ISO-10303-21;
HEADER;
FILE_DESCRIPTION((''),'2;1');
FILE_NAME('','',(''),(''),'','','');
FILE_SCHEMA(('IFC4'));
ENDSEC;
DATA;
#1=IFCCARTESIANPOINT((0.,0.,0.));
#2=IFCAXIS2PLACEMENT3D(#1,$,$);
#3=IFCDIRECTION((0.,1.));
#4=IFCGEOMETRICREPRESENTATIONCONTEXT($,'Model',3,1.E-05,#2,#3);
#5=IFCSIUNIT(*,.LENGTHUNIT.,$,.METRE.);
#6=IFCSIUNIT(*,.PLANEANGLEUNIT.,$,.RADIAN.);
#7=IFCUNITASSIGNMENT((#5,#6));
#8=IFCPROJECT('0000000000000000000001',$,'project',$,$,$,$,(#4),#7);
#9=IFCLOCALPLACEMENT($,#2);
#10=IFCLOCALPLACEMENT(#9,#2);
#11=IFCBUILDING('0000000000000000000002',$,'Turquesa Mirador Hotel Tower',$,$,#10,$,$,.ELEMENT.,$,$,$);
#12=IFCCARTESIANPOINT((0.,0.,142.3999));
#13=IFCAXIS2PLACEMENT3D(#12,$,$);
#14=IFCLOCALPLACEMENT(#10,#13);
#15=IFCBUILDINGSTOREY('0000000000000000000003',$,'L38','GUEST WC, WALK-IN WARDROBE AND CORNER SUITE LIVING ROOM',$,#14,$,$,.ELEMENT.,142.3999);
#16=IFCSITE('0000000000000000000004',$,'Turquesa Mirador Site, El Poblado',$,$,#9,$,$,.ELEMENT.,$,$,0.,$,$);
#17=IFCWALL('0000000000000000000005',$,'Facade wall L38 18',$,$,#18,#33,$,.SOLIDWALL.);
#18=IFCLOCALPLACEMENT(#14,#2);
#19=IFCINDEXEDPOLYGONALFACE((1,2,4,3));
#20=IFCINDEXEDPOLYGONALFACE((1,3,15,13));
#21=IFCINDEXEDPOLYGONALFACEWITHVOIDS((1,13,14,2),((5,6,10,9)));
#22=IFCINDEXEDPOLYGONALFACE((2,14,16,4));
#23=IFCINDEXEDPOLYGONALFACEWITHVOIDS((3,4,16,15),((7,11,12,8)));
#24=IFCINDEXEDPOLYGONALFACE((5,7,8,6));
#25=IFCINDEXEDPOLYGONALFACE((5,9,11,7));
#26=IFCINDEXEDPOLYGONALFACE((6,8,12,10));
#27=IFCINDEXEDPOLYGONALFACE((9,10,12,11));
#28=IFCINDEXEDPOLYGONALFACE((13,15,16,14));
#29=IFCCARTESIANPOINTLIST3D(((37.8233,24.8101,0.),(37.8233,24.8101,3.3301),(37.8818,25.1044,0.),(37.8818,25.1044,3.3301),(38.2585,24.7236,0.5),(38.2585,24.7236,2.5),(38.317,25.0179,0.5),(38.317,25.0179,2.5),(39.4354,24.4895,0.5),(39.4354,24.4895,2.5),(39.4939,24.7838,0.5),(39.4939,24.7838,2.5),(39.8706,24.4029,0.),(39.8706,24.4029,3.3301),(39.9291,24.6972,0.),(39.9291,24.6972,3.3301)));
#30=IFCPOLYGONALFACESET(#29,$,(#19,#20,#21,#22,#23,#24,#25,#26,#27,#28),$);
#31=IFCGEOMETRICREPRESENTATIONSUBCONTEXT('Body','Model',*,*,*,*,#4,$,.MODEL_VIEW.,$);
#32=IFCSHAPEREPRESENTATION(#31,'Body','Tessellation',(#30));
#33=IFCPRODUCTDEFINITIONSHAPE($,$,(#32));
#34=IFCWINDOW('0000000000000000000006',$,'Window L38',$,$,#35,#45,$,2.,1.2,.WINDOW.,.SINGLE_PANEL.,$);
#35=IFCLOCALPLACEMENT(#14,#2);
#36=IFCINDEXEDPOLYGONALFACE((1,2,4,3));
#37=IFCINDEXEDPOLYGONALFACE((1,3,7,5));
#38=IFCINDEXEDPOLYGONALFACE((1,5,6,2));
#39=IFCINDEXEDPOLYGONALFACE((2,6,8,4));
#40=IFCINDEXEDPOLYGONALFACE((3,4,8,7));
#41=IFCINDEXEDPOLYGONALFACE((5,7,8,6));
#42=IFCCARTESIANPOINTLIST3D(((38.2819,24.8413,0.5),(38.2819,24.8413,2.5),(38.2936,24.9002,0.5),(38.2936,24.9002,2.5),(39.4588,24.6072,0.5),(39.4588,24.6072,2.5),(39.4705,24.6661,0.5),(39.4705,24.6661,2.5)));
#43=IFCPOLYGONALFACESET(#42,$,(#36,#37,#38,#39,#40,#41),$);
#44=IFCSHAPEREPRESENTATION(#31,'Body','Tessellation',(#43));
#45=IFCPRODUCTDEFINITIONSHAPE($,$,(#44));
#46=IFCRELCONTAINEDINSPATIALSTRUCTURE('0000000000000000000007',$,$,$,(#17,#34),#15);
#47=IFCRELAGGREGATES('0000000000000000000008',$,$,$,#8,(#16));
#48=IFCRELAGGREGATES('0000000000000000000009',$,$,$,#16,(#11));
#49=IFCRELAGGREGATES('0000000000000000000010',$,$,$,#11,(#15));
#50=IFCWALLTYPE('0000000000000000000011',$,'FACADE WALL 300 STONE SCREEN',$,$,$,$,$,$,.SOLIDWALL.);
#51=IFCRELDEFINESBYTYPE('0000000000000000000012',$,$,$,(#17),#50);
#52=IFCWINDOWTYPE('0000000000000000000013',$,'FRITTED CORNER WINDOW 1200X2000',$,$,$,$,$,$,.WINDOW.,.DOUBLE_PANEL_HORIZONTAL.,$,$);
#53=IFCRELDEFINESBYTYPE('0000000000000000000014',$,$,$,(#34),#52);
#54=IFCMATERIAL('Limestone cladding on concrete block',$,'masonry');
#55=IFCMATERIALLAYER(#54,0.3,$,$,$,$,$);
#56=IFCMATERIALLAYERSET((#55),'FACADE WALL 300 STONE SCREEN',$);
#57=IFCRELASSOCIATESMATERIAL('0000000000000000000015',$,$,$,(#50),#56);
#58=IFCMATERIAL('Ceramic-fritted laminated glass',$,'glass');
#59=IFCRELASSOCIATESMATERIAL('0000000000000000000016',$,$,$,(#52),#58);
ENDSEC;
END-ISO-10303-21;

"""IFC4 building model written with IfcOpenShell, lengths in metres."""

from ifc_helpers import new_model, si_unit, direction, frame, frame_2d, origin, place, context, subcontext, project, spatial, rectangle, extrude, material, layer, layer_set, type_object, element, fill, save


model = new_model("IFC4")

# Units and contexts
model_context = context("Model", 3, precision=1e-05, world=origin(), true_north=direction((0.0, 1.0)))
body_context = subcontext(model_context, "Body", "Model", "MODEL_VIEW")
ifc_project = project(units=[si_unit("LENGTHUNIT", "METRE"), si_unit("PLANEANGLEUNIT", "RADIAN")], contexts=[model_context])

# Site, building, storey
site_placement = place(None, origin())
site = spatial("IfcSite", under=ifc_project, at=site_placement, Name="Turquesa Mirador Site, El Poblado", CompositionType="ELEMENT", RefElevation=0.0)
building_placement = place(site_placement, origin())
building = spatial("IfcBuilding", under=site, at=building_placement, Name="Turquesa Mirador Hotel Tower", CompositionType="ELEMENT")
storey_placement = place(building_placement, frame((0.0, 0.0, 142.3999)))
storey = spatial("IfcBuildingStorey", under=building, at=storey_placement, Name="L38", Description="GUEST WC, WALK-IN WARDROBE AND CORNER SUITE LIVING ROOM", CompositionType="ELEMENT", Elevation=142.3999)

# Wall, opening, window
ifc_material_1 = material(Name="Limestone cladding on concrete block", Category="masonry")
ifc_layer_1 = layer(ifc_material_1, 0.3)
ifc_layer_set_1 = layer_set([ifc_layer_1], Name="FACADE WALL 300 STONE SCREEN")
wall_type_1 = type_object("IfcWallType", Name="FACADE WALL 300 STONE SCREEN", PredefinedType="SOLIDWALL", material=ifc_layer_set_1)
ifc_material_2 = material(Name="Ceramic-fritted laminated glass", Category="glass")
window_type_1 = type_object("IfcWindowType", Name="FRITTED CORNER WINDOW 1200X2000", PartitioningType="DOUBLE_PANEL_HORIZONTAL", PredefinedType="WINDOW", material=ifc_material_2)
wall_1_placement = place(storey_placement, frame((37.8525, 24.9573, 0.0), z_axis=(0.0, 0.0, 1.0), x_axis=(0.980787, -0.195081, 0.0)))
wall_1 = element("IfcWall", 1, at=wall_1_placement, inside=storey, type_object=wall_type_1, Name="Facade wall L38 18", PredefinedType="SOLIDWALL", context=body_context, shape_type="SweptSolid", body=[
    extrude(rectangle(XDim=2.0874, YDim=0.3, at=frame_2d((1.0437, 0.0))), origin(), (0.0, 0.0, 1.0), 3.3301),
])
opening_1_placement = place(wall_1_placement, frame((0.4436, 0.0, 0.5)))
opening_1 = element("IfcOpeningElement", 2, at=opening_1_placement, cuts=wall_1, PredefinedType="OPENING", context=body_context, shape_type="SweptSolid", body=[
    extrude(rectangle(XDim=1.2, YDim=2.0, at=frame_2d((0.6001, 1.0))), frame((0.0, 0.1599, 0.0), z_axis=(0.0, -1.0, 0.0), x_axis=(1.0, 0.0, 0.0)), (0.0, 0.0, 1.0), 0.3201),
])
window_1_placement = place(opening_1_placement, origin())
window_1 = element("IfcWindow", 3, at=window_1_placement, inside=storey, type_object=window_type_1, Name="Window L38", OverallHeight=2.0, OverallWidth=1.2, PartitioningType="SINGLE_PANEL", PredefinedType="WINDOW", context=body_context, shape_type="SweptSolid", body=[
    extrude(rectangle(XDim=1.2, YDim=2.0, at=frame_2d((0.6001, 1.0))), frame((0.0, 0.03, 0.0), z_axis=(0.0, -1.0, 0.0), x_axis=(1.0, 0.0, 0.0)), (0.0, 0.0, 1.0), 0.0601),
])
fill(opening_1, window_1)

save(model, "model.ifc")
